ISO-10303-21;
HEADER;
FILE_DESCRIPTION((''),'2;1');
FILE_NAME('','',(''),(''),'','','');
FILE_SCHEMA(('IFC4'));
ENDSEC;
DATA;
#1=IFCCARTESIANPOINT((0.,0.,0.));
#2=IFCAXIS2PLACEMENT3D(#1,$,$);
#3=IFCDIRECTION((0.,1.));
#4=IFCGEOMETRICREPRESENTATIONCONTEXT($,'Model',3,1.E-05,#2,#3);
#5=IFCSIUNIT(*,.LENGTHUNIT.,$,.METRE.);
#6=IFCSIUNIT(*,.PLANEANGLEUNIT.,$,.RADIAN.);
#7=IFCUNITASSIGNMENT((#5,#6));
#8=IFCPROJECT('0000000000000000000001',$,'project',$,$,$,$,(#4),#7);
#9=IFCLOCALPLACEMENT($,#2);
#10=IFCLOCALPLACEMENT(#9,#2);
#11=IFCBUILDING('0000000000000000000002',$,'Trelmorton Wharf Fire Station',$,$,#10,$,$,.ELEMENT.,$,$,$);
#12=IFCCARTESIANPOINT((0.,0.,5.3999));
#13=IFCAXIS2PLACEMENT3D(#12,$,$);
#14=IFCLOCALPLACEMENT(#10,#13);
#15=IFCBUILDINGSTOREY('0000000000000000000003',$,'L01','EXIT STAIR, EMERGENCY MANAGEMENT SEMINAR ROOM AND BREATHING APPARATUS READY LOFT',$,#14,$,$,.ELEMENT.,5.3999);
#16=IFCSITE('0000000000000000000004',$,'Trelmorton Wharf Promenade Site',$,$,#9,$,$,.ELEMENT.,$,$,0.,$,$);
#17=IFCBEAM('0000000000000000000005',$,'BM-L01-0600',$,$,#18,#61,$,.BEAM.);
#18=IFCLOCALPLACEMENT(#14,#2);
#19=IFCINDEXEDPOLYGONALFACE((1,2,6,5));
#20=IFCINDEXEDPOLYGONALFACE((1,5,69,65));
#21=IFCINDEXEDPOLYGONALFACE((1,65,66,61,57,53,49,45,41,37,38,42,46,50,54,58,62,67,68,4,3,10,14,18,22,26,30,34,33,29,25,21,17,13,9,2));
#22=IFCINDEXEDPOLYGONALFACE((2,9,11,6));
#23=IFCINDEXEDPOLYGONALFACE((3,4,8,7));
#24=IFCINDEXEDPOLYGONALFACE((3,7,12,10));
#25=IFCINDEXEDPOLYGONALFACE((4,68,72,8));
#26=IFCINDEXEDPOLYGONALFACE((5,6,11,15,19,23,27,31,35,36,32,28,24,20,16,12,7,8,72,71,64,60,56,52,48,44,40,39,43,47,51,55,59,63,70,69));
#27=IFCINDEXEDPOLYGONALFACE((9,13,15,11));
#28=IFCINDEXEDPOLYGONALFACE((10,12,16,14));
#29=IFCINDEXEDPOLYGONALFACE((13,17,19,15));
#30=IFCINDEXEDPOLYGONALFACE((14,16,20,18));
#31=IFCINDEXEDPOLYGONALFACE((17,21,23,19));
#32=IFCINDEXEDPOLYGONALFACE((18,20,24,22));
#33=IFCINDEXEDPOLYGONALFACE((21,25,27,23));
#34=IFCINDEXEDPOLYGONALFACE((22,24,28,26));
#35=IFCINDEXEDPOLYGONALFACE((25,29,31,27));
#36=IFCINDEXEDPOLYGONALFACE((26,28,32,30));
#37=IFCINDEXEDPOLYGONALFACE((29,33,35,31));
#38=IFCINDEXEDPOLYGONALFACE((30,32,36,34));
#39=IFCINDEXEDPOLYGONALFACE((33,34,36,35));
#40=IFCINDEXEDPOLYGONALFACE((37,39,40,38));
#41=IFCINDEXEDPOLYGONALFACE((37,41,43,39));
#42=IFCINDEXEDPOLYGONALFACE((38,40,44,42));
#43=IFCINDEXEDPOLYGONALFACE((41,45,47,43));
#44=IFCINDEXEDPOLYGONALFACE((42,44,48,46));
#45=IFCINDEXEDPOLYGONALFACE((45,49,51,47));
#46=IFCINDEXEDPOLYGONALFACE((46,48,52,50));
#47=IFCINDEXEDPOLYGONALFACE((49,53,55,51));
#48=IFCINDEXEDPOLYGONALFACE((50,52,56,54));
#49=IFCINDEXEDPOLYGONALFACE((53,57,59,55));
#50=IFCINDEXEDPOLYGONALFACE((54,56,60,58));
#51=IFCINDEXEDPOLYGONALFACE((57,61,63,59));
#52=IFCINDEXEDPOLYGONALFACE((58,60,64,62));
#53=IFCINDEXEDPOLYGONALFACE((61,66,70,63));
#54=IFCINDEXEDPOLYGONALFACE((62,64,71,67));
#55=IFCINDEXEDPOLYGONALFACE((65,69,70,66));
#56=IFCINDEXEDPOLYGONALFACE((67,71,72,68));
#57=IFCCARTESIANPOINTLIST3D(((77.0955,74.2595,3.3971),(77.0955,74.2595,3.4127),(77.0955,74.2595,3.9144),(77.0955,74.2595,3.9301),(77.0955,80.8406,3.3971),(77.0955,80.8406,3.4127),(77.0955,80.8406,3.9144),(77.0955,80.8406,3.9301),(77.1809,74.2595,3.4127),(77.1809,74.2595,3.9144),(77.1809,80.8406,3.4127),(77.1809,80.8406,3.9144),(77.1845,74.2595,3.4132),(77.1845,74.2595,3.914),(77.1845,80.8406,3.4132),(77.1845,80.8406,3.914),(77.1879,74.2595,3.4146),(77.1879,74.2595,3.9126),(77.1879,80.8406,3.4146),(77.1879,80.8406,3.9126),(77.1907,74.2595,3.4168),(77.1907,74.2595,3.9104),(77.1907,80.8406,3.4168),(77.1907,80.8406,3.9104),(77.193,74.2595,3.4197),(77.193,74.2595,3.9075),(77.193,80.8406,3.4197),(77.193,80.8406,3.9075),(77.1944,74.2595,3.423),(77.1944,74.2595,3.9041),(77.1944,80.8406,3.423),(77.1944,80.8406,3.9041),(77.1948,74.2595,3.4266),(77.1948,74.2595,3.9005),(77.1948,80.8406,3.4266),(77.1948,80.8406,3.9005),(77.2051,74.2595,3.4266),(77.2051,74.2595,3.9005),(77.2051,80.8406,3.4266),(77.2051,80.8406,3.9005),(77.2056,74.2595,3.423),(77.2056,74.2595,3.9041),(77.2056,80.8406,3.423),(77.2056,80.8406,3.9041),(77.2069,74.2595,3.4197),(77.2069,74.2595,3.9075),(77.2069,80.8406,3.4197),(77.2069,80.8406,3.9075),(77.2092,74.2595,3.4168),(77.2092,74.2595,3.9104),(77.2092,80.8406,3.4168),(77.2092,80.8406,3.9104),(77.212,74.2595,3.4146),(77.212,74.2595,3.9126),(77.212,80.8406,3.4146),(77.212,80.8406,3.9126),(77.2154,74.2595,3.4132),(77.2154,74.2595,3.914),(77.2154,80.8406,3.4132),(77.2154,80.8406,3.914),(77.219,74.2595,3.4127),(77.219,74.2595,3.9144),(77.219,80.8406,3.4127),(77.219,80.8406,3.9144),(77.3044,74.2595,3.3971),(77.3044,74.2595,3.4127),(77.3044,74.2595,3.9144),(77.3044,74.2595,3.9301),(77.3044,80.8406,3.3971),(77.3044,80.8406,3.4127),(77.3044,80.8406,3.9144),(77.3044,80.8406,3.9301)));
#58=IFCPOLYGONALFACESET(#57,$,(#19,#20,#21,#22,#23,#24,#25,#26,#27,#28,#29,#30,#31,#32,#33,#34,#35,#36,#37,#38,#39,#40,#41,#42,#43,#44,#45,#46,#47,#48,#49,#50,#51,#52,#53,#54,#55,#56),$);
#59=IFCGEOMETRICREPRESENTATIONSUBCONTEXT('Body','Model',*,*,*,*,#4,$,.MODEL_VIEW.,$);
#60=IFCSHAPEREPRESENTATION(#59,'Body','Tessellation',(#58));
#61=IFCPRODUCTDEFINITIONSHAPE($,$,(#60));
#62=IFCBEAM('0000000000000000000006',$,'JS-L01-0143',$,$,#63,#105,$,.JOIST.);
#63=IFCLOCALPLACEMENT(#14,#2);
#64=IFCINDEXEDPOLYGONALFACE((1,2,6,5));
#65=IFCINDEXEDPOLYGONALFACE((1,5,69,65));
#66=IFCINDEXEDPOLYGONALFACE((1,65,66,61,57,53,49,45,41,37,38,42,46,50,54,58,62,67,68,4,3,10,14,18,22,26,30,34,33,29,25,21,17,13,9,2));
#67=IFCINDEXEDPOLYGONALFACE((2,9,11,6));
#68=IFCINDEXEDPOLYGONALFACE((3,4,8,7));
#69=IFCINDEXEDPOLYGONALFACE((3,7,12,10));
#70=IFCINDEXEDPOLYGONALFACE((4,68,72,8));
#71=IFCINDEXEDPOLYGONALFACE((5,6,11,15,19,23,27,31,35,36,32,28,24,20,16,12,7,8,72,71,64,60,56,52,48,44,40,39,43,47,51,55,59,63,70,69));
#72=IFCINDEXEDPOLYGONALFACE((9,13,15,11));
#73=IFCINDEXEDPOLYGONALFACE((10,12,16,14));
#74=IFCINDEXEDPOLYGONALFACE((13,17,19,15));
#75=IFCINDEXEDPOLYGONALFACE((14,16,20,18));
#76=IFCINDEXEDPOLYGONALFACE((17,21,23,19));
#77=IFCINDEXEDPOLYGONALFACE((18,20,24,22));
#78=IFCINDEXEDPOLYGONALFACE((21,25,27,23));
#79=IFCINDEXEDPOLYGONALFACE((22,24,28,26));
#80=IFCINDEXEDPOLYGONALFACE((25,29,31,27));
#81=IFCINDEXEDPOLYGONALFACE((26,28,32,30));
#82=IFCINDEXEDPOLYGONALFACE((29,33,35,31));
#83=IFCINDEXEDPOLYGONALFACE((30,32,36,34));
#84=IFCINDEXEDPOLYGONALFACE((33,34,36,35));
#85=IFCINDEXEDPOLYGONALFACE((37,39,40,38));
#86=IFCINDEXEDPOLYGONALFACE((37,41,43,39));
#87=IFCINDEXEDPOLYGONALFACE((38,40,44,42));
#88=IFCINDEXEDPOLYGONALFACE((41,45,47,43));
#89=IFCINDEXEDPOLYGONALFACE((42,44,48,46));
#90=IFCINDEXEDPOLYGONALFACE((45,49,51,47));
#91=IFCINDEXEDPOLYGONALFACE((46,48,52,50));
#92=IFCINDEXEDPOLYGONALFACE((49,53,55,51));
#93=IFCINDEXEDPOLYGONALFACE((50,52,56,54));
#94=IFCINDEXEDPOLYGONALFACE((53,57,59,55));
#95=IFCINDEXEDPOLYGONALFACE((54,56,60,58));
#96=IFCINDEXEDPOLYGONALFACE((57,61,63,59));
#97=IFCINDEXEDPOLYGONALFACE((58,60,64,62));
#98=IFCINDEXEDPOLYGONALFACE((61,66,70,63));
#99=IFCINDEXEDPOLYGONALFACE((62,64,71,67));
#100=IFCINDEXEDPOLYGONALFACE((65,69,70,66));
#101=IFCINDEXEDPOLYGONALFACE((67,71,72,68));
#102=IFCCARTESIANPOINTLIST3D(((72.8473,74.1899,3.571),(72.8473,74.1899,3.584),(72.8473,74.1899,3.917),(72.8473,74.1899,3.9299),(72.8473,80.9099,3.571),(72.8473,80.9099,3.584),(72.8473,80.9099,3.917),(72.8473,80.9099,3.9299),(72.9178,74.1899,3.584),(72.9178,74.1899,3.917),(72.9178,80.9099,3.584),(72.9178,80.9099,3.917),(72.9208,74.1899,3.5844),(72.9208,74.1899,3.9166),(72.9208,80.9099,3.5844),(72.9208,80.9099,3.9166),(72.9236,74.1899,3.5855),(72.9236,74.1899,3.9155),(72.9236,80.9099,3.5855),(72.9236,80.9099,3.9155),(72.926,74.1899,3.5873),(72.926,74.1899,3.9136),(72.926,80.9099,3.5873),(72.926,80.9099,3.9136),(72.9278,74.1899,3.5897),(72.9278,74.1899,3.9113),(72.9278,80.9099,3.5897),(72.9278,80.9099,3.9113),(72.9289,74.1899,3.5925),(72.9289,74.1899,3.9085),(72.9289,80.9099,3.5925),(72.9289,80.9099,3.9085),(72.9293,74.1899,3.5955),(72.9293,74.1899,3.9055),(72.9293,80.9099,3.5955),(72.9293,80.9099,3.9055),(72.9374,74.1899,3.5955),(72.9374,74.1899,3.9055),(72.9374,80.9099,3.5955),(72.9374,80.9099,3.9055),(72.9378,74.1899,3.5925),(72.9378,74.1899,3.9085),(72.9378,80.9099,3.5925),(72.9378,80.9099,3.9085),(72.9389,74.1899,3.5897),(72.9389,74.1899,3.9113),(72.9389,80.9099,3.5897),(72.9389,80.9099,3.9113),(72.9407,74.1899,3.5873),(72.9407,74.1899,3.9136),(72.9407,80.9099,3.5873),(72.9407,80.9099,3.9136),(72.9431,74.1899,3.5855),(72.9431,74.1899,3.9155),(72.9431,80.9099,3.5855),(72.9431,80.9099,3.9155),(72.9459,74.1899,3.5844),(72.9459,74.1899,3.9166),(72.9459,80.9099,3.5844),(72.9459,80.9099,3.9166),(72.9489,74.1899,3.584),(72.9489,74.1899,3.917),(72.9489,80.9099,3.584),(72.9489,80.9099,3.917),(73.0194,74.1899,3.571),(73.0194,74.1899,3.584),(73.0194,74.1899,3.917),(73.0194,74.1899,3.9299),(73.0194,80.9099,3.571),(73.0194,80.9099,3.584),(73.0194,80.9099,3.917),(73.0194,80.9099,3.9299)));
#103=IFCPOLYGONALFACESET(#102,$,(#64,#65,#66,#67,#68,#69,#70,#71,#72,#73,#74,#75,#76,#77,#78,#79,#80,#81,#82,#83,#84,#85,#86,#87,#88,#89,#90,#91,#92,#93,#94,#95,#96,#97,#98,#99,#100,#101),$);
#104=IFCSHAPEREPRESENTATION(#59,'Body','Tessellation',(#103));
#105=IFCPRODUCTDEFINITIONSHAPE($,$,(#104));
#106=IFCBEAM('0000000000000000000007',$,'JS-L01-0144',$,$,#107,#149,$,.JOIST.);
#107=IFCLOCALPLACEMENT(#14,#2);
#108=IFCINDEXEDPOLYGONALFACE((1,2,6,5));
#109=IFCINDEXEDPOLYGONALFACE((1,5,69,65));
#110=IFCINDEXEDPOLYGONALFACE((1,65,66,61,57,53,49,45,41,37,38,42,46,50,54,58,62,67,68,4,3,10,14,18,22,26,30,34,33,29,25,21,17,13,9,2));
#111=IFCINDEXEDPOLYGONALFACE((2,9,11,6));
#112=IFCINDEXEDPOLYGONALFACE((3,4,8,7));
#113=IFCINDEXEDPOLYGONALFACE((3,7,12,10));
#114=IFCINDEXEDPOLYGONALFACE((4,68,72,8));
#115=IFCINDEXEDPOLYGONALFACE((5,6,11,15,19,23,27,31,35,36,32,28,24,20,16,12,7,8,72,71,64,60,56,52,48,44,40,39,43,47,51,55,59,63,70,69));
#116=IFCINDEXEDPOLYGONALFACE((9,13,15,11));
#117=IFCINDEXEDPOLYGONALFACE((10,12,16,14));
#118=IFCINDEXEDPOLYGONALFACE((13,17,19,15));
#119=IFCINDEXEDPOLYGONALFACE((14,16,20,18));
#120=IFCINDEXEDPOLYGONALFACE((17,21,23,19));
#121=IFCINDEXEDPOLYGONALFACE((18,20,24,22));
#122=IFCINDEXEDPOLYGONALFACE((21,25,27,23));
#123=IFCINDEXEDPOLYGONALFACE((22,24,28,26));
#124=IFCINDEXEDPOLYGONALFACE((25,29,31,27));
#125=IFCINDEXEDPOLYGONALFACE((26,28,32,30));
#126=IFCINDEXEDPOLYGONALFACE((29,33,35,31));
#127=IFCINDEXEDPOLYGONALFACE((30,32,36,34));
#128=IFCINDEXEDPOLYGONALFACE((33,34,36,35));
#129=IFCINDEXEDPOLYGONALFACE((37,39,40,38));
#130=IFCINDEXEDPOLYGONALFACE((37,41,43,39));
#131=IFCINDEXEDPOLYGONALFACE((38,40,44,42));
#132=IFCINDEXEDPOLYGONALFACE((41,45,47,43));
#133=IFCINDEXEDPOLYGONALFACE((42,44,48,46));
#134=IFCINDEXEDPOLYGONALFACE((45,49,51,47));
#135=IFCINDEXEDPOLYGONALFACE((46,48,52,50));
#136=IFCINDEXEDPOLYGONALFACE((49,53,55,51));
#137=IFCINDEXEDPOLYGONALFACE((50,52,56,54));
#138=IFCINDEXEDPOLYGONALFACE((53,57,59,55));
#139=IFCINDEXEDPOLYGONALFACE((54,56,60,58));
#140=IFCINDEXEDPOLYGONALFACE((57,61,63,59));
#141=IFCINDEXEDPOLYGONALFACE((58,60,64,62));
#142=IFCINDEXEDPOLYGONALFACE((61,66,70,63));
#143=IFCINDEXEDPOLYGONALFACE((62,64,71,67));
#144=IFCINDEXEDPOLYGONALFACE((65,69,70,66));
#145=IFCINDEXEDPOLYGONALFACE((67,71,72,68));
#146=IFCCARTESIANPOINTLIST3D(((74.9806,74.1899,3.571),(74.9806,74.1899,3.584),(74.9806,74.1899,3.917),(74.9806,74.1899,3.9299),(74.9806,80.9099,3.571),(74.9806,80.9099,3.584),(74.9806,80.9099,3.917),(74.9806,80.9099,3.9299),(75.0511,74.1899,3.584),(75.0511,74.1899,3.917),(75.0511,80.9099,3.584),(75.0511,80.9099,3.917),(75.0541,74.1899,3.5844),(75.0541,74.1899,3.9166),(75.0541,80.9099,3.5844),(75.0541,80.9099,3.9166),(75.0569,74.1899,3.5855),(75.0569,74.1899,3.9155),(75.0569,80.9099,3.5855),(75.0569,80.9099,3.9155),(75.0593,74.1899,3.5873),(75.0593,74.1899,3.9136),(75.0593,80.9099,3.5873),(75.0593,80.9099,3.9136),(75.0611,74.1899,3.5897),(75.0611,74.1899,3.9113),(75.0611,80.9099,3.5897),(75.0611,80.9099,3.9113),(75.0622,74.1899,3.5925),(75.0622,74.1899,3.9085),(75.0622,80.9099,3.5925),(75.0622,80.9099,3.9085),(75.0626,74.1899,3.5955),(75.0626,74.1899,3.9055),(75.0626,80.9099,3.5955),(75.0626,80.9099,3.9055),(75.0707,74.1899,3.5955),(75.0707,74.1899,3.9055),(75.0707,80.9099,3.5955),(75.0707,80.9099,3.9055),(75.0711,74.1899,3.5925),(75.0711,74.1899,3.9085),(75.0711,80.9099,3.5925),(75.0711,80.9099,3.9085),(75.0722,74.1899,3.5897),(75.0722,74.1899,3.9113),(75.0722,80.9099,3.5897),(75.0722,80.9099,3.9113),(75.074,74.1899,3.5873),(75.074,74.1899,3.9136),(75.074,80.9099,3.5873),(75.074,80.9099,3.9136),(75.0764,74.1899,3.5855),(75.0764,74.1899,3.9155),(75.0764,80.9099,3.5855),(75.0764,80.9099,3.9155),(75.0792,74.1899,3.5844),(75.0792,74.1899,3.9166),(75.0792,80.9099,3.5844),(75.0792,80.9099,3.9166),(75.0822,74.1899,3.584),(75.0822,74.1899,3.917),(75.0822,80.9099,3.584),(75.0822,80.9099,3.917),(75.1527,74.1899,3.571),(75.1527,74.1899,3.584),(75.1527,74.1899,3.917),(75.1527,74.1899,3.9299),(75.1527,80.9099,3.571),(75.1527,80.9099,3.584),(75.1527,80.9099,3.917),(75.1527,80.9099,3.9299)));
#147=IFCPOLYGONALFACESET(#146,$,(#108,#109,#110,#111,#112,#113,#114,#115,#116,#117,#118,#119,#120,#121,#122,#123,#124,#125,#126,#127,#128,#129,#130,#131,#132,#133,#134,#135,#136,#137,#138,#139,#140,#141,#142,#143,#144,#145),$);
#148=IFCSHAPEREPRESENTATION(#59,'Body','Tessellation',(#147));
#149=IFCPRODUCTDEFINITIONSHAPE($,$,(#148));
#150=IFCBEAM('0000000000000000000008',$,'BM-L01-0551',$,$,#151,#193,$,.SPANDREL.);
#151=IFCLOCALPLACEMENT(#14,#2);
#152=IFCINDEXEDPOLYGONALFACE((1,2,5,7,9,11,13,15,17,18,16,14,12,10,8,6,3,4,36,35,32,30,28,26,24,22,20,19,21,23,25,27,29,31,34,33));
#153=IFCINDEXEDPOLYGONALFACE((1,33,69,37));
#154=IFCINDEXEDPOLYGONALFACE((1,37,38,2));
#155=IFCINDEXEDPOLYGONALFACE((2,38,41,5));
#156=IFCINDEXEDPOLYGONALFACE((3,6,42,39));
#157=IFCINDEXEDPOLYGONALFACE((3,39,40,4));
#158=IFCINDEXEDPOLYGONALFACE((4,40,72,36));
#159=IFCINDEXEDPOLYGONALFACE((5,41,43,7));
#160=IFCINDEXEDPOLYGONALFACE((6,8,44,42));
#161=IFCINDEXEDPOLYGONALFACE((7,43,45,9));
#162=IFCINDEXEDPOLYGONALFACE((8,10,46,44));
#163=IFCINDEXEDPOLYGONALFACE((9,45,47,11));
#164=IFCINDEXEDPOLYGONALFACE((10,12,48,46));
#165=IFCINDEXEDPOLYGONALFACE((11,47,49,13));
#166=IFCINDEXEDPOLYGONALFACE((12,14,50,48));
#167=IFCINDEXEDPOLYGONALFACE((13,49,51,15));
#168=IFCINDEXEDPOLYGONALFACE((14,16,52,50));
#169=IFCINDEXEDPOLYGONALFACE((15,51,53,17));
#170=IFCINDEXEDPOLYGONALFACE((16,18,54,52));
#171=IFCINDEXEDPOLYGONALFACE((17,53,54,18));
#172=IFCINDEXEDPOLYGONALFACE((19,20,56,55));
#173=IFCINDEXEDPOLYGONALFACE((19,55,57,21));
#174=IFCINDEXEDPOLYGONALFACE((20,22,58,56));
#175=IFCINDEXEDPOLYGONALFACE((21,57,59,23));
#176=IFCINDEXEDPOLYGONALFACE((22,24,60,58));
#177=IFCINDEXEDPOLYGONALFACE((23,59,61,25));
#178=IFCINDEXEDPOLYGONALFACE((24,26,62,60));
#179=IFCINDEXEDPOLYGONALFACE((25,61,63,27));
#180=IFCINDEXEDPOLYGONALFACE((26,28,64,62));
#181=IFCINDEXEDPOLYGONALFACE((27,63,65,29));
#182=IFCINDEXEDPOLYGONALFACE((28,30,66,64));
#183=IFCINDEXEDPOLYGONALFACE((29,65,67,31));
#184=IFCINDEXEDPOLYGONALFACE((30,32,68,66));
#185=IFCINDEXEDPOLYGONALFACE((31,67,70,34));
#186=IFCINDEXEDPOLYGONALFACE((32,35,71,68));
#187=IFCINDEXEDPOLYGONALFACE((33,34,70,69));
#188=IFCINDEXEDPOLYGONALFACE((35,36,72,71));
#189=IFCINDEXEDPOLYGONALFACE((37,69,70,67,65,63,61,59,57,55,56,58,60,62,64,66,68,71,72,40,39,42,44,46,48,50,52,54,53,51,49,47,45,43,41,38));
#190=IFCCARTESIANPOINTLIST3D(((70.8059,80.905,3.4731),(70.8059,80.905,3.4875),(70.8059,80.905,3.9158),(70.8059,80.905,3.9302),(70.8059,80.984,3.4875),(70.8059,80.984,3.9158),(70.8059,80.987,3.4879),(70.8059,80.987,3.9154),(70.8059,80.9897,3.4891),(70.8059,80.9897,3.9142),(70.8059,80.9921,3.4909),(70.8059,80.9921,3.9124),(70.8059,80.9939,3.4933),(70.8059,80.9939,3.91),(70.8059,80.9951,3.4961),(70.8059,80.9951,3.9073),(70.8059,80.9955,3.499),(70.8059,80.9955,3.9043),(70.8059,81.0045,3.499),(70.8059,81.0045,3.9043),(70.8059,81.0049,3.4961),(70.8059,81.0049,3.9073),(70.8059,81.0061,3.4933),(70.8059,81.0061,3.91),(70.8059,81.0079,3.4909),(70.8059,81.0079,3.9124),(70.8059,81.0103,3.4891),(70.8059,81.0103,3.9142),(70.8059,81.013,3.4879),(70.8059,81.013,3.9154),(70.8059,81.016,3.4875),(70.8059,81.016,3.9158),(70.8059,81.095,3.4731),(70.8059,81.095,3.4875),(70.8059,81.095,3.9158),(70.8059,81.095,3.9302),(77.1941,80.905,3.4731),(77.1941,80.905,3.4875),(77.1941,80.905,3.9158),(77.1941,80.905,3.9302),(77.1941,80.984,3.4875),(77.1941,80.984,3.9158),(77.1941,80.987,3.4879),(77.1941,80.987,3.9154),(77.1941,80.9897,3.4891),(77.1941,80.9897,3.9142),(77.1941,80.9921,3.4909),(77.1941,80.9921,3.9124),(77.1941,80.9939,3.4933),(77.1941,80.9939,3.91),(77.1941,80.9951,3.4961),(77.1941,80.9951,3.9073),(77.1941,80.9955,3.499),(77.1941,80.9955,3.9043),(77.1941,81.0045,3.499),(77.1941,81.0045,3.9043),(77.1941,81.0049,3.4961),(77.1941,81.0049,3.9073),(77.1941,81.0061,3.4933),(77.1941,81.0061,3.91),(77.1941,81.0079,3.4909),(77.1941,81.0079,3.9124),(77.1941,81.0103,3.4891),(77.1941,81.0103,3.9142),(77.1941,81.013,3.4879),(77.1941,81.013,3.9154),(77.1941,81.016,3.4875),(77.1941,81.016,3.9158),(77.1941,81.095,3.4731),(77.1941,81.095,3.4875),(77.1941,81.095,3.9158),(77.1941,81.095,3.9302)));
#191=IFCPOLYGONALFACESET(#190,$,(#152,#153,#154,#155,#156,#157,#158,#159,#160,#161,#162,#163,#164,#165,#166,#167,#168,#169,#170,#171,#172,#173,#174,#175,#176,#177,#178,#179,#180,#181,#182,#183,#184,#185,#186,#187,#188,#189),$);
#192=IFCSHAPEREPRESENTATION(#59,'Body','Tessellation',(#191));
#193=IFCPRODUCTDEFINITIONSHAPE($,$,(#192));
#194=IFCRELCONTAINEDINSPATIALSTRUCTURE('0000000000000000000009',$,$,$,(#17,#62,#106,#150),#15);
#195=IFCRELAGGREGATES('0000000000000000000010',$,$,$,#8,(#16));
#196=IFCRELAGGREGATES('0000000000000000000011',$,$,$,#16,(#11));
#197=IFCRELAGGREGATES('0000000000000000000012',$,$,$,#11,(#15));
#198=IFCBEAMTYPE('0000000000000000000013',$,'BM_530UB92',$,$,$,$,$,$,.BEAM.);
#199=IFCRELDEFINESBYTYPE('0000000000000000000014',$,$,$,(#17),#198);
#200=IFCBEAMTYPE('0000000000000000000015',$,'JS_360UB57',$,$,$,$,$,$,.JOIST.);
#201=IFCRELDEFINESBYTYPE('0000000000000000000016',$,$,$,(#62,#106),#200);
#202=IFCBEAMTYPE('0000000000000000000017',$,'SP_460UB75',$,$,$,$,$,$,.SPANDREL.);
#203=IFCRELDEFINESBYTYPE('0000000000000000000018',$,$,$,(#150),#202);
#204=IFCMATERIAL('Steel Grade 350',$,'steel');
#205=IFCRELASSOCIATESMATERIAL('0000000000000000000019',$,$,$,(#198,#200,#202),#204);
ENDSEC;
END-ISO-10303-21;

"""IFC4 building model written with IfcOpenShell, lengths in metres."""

from ifc_helpers import new_model, si_unit, direction, frame, origin, origin_2d, place, context, subcontext, project, spatial, i_section, extrude, material, material_profile, profile_set, type_object, element, save


model = new_model("IFC4")

# Units and contexts
model_context = context("Model", 3, precision=1e-05, world=origin(), true_north=direction((0.0, 1.0)))
body_context = subcontext(model_context, "Body", "Model", "MODEL_VIEW")
ifc_project = project(units=[si_unit("LENGTHUNIT", "METRE"), si_unit("PLANEANGLEUNIT", "RADIAN")], contexts=[model_context])

# Site, building, storey
site_placement = place(None, origin())
site = spatial("IfcSite", under=ifc_project, at=site_placement, Name="Trelmorton Wharf Promenade Site", CompositionType="ELEMENT", RefElevation=0.0)
building_placement = place(site_placement, origin())
building = spatial("IfcBuilding", under=site, at=building_placement, Name="Trelmorton Wharf Fire Station", CompositionType="ELEMENT")
storey_placement = place(building_placement, frame((0.0, 0.0, 5.3999)))
storey = spatial("IfcBuildingStorey", under=building, at=storey_placement, Name="L01", Description="EXIT STAIR, EMERGENCY MANAGEMENT SEMINAR ROOM AND BREATHING APPARATUS READY LOFT", CompositionType="ELEMENT", Elevation=5.3999)

# Shared definitions
ifc_material_1 = material(Name="Steel Grade 350", Category="steel")

# Beams
ifc_material_profile_1 = material_profile(ifc_material_1, i_section(OverallWidth=0.209, OverallDepth=0.533, WebThickness=0.0103, FlangeThickness=0.0156, FilletRadius=0.0139, at=origin_2d()), Name="530UB92.4")
ifc_profile_set_1 = profile_set([ifc_material_profile_1], Name="Steel Grade 350")
beam_type_1 = type_object("IfcBeamType", Name="BM_530UB92", PredefinedType="BEAM", material=ifc_profile_set_1)
beam_1_placement = place(storey_placement, frame((77.2, 74.2595, 3.6636), z_axis=(0.0, 1.0, 0.0), x_axis=(-1.0, 0.0, 0.0)))
element("IfcBeam", 1, at=beam_1_placement, inside=storey, type_object=beam_type_1, Name="BM-L01-0600", PredefinedType="BEAM", context=body_context, shape_type="SweptSolid", body=[
    extrude(i_section(OverallWidth=0.209, OverallDepth=0.533, WebThickness=0.0103, FlangeThickness=0.0156, FilletRadius=0.0139, at=origin_2d()), origin(), (0.0, 0.0, 1.0), 6.5811),
])
ifc_material_profile_2 = material_profile(ifc_material_1, i_section(OverallWidth=0.1721, OverallDepth=0.3589, WebThickness=0.0081, FlangeThickness=0.0129, FilletRadius=0.0115, at=origin_2d()), Name="360UB56.7")
ifc_profile_set_2 = profile_set([ifc_material_profile_2], Name="Steel Grade 350")
beam_type_2 = type_object("IfcBeamType", Name="JS_360UB57", PredefinedType="JOIST", material=ifc_profile_set_2)
for number, where, z_axis, x_axis, name in (
    (2, (72.9333, 74.1899, 3.7505), (0.0, 1.0, 0.0), (-1.0, 0.0, 0.0), "JS-L01-0143"),
    (3, (75.0667, 74.1899, 3.7505), (0.0, 1.0, 0.0), (-1.0, 0.0, 0.0), "JS-L01-0144"),
):
    element("IfcBeam", number, at=place(storey_placement, frame(where, z_axis=z_axis, x_axis=x_axis)), inside=storey, type_object=beam_type_2, Name=name, PredefinedType="JOIST", context=body_context, shape_type="SweptSolid", body=[
        extrude(i_section(OverallWidth=0.1721, OverallDepth=0.3589, WebThickness=0.0081, FlangeThickness=0.0129, FilletRadius=0.0115, at=origin_2d()), origin(), (0.0, 0.0, 1.0), 6.72),
    ])
ifc_material_profile_3 = material_profile(ifc_material_1, i_section(OverallWidth=0.1899, OverallDepth=0.457, WebThickness=0.009, FlangeThickness=0.0144, FilletRadius=0.0115, at=origin_2d()), Name="460UB74.6")
ifc_profile_set_3 = profile_set([ifc_material_profile_3], Name="Steel Grade 350")
beam_type_3 = type_object("IfcBeamType", Name="SP_460UB75", PredefinedType="SPANDREL", material=ifc_profile_set_3)
beam_2_placement = place(storey_placement, frame((70.8059, 81.0, 3.7017), z_axis=(1.0, 0.0, 0.0), x_axis=(0.0, 1.0, 0.0)))
element("IfcBeam", 4, at=beam_2_placement, inside=storey, type_object=beam_type_3, Name="BM-L01-0551", PredefinedType="SPANDREL", context=body_context, shape_type="SweptSolid", body=[
    extrude(i_section(OverallWidth=0.1899, OverallDepth=0.457, WebThickness=0.009, FlangeThickness=0.0144, FilletRadius=0.0115, at=origin_2d()), origin(), (0.0, 0.0, 1.0), 6.3882),
])

save(model, "model.ifc")
